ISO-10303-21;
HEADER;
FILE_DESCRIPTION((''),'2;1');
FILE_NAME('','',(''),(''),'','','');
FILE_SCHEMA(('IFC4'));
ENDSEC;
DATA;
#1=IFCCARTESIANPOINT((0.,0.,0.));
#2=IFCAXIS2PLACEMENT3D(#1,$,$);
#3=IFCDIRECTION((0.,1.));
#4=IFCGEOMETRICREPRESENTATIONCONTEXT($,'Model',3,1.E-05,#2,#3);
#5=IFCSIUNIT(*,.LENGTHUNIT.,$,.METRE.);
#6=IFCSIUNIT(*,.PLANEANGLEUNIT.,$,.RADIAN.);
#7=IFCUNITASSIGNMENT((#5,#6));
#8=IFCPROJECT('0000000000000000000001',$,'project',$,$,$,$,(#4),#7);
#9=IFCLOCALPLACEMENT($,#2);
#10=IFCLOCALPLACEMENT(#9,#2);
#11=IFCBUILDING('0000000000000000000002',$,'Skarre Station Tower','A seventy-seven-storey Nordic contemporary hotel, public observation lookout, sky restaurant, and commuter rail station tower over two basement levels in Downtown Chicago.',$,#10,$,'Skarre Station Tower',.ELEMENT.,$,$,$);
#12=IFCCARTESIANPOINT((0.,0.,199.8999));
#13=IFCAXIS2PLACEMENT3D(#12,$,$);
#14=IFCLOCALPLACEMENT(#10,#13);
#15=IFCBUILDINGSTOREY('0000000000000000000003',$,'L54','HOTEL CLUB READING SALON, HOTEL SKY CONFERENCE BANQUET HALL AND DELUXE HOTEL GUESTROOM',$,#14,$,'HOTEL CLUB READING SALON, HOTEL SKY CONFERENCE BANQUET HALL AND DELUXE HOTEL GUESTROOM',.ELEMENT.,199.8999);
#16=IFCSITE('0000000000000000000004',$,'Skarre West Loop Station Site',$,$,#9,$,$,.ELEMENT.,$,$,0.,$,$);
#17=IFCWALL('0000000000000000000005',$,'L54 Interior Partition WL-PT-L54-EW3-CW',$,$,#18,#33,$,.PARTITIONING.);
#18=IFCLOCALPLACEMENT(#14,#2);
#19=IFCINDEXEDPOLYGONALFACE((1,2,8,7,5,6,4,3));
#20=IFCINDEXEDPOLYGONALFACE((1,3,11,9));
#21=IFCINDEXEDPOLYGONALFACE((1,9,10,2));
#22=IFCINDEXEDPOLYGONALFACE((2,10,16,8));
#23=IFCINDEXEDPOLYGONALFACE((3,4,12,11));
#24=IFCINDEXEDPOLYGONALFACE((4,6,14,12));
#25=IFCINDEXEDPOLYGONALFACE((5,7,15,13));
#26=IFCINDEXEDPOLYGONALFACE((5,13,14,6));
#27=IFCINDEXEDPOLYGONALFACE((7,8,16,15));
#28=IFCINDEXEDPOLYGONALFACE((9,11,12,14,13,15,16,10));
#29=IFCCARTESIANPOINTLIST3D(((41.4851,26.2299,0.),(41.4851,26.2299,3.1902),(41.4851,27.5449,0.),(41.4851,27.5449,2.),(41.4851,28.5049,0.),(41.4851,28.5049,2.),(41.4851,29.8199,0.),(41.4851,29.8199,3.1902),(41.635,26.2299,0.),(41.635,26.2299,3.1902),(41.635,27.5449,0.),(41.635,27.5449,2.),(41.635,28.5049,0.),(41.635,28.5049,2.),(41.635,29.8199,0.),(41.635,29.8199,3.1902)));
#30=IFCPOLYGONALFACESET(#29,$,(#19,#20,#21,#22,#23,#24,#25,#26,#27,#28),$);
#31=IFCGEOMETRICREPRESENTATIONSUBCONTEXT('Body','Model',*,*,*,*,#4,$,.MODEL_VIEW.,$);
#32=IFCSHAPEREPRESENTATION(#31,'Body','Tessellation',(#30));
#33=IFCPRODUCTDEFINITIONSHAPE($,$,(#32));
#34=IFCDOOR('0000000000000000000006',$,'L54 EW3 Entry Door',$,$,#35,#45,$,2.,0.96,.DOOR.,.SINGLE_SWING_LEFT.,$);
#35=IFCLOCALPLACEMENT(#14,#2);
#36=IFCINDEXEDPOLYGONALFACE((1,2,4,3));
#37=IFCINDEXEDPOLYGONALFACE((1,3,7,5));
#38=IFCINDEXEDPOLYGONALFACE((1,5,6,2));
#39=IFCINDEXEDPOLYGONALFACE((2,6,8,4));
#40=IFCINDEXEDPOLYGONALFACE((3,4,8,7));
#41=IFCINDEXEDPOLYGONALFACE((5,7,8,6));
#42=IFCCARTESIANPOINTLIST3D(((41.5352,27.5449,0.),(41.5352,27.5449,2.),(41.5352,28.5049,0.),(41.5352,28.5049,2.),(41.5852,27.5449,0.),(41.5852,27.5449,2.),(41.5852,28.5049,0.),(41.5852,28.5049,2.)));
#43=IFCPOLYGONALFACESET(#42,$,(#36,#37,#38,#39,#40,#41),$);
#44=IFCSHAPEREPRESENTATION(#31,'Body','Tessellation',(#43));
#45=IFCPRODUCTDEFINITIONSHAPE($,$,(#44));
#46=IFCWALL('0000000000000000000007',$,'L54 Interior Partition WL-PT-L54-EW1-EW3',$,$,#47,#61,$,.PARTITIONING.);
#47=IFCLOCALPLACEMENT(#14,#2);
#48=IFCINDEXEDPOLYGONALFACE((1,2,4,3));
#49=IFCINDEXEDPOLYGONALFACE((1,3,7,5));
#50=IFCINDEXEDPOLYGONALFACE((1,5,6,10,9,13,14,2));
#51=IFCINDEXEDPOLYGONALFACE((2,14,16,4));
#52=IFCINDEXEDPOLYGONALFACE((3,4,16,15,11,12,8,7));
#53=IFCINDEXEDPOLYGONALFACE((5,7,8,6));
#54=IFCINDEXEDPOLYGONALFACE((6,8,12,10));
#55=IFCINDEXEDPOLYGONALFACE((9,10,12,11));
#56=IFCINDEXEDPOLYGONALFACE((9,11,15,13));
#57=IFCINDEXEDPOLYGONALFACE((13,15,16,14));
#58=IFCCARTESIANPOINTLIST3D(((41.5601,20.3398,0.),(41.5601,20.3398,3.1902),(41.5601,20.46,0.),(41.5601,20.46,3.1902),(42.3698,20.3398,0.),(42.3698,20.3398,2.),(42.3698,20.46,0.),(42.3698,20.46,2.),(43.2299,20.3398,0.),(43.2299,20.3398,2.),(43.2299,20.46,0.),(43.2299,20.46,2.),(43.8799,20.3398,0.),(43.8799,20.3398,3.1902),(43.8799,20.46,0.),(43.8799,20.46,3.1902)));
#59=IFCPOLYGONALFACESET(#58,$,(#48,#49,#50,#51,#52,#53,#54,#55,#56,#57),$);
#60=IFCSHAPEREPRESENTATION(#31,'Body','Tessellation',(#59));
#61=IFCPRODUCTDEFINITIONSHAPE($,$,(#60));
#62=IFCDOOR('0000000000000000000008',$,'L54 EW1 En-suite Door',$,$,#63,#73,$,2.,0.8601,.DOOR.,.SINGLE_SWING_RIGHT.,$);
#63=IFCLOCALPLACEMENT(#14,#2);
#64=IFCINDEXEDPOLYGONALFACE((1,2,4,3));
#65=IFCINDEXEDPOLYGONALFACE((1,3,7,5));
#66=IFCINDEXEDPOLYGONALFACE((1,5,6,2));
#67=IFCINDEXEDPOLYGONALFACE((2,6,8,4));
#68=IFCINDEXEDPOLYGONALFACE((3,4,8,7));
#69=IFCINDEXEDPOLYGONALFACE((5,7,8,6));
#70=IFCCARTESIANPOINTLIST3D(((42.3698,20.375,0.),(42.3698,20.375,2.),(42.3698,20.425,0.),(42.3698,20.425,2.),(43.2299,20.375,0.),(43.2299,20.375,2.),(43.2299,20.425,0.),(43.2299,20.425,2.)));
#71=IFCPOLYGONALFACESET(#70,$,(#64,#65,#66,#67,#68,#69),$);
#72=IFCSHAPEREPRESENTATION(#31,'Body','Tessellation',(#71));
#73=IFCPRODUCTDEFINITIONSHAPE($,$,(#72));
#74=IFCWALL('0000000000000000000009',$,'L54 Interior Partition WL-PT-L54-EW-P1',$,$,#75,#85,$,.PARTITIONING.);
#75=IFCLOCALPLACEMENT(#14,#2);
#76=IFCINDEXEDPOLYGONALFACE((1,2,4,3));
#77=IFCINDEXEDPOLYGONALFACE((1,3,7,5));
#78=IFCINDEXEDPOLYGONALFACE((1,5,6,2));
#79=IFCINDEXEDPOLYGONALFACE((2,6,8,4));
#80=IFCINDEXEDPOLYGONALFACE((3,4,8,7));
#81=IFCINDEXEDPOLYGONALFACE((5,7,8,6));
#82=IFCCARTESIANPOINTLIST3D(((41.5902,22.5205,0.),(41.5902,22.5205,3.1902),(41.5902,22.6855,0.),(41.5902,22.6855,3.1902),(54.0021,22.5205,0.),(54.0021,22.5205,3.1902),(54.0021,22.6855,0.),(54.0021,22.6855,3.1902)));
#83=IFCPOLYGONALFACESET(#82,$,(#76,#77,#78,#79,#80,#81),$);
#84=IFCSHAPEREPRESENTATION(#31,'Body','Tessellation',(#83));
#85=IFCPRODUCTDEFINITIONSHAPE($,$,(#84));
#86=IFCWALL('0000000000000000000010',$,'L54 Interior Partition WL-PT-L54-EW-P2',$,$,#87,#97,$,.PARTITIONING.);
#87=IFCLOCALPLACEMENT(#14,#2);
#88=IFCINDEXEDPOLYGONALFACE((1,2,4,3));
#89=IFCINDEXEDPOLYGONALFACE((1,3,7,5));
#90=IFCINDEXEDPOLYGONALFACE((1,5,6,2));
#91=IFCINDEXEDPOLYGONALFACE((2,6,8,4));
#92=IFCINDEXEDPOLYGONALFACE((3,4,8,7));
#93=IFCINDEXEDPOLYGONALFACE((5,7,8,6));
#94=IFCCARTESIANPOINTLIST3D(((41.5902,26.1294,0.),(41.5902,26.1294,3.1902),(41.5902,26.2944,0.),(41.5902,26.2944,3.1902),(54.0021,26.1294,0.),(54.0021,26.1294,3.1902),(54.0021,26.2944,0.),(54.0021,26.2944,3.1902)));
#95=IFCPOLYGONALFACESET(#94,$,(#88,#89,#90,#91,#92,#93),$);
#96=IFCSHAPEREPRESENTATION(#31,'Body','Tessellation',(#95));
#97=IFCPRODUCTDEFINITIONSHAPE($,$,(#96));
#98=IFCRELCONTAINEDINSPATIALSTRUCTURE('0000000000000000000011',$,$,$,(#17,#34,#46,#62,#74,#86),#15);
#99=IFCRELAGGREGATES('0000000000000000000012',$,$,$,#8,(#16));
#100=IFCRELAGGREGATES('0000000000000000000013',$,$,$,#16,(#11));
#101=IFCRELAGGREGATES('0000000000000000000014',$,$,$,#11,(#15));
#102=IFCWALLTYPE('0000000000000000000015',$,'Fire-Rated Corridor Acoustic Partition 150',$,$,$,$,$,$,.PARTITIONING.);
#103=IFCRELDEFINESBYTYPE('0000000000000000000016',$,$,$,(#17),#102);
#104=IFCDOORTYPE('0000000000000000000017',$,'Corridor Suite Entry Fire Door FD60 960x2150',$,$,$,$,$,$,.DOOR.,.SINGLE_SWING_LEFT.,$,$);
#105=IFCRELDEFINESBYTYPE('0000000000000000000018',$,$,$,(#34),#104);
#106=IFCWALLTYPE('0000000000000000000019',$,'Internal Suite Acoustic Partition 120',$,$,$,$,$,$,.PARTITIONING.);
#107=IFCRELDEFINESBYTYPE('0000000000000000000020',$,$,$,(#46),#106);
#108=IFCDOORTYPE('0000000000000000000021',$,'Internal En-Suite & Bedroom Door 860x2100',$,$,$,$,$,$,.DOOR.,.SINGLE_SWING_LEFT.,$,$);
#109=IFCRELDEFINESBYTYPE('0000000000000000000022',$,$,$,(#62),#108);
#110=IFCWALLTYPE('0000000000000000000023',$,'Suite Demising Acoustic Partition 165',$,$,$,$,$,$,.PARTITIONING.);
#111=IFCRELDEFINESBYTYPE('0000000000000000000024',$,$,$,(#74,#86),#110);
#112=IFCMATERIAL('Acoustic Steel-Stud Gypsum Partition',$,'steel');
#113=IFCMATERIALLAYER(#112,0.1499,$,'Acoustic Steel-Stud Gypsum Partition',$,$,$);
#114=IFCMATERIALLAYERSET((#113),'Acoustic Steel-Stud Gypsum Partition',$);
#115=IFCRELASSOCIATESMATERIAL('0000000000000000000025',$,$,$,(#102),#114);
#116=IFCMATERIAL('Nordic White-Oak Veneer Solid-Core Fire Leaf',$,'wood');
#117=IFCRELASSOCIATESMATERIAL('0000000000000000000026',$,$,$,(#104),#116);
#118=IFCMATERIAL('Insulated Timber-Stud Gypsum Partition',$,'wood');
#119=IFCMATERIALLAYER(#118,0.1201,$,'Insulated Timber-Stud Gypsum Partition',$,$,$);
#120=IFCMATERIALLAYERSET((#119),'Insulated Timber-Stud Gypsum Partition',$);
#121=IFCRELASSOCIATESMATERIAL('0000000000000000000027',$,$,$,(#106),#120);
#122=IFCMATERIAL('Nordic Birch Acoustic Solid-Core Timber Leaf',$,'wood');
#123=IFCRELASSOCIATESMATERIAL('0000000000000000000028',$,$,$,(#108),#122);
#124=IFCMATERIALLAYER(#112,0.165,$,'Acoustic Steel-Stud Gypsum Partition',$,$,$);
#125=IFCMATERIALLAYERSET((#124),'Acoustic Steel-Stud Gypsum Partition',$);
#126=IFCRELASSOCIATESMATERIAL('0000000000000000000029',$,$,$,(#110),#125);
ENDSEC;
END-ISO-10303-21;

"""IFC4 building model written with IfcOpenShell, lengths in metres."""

from ifc_helpers import new_model, si_unit, direction, frame, frame_2d, origin, place, context, subcontext, project, spatial, rectangle, extrude, material, layer, layer_set, type_object, element, fill, save


model = new_model("IFC4")

# Units and contexts
model_context = context("Model", 3, precision=1e-05, world=origin(), true_north=direction((0.0, 1.0)))
body_context = subcontext(model_context, "Body", "Model", "MODEL_VIEW")
ifc_project = project(units=[si_unit("LENGTHUNIT", "METRE"), si_unit("PLANEANGLEUNIT", "RADIAN")], contexts=[model_context])

# Site, building, storey
site_placement = place(None, origin())
site = spatial("IfcSite", under=ifc_project, at=site_placement, Name="Skarre West Loop Station Site", CompositionType="ELEMENT", RefElevation=0.0)
building_placement = place(site_placement, origin())
building = spatial("IfcBuilding", under=site, at=building_placement, Name="Skarre Station Tower", Description="A seventy-seven-storey Nordic contemporary hotel, public observation lookout, sky restaurant, and commuter rail station tower over two basement levels in Downtown Chicago.", LongName="Skarre Station Tower", CompositionType="ELEMENT")
storey_placement = place(building_placement, frame((0.0, 0.0, 199.8999)))
storey = spatial("IfcBuildingStorey", under=building, at=storey_placement, Name="L54", Description="HOTEL CLUB READING SALON, HOTEL SKY CONFERENCE BANQUET HALL AND DELUXE HOTEL GUESTROOM", LongName="HOTEL CLUB READING SALON, HOTEL SKY CONFERENCE BANQUET HALL AND DELUXE HOTEL GUESTROOM", CompositionType="ELEMENT", Elevation=199.8999)

# Walls, openings, doors
ifc_material_1 = material(Name="Acoustic Steel-Stud Gypsum Partition", Category="steel")
ifc_layer_1 = layer(ifc_material_1, 0.1499, Name="Acoustic Steel-Stud Gypsum Partition")
ifc_layer_set_1 = layer_set([ifc_layer_1], Name="Acoustic Steel-Stud Gypsum Partition")
wall_type_1 = type_object("IfcWallType", Name="Fire-Rated Corridor Acoustic Partition 150", PredefinedType="PARTITIONING", material=ifc_layer_set_1)
ifc_material_2 = material(Name="Nordic White-Oak Veneer Solid-Core Fire Leaf", Category="wood")
door_type_1 = type_object("IfcDoorType", Name="Corridor Suite Entry Fire Door FD60 960x2150", OperationType="SINGLE_SWING_LEFT", PredefinedType="DOOR", material=ifc_material_2)
wall_1_placement = place(storey_placement, frame((41.5601, 26.23, 0.0), z_axis=(0.0, 0.0, 1.0), x_axis=(0.0, 1.0, 0.0)))
wall_1 = element("IfcWall", 1, at=wall_1_placement, inside=storey, type_object=wall_type_1, Name="L54 Interior Partition WL-PT-L54-EW3-CW", PredefinedType="PARTITIONING", context=body_context, shape_type="SweptSolid", body=[
    extrude(rectangle(XDim=3.5901, YDim=0.1499, at=frame_2d((1.7949, 0.0))), origin(), (0.0, 0.0, 1.0), 3.1902),
])
opening_1_placement = place(wall_1_placement, frame((1.3149, 0.0, 0.0)))
opening_1 = element("IfcOpeningElement", 2, at=opening_1_placement, cuts=wall_1, PredefinedType="OPENING", context=body_context, shape_type="SweptSolid", body=[
    extrude(rectangle(XDim=0.96, YDim=2.0, at=frame_2d((0.48, 1.0))), frame((0.0, 0.085, 0.0), z_axis=(0.0, -1.0, 0.0), x_axis=(1.0, 0.0, 0.0)), (0.0, 0.0, 1.0), 0.1699),
])
door_1_placement = place(opening_1_placement, origin())
door_1 = element("IfcDoor", 3, at=door_1_placement, inside=storey, type_object=door_type_1, Name="L54 EW3 Entry Door", OperationType="SINGLE_SWING_LEFT", OverallHeight=2.0, OverallWidth=0.96, PredefinedType="DOOR", context=body_context, shape_type="SweptSolid", body=[
    extrude(rectangle(XDim=0.96, YDim=2.0, at=frame_2d((0.48, 1.0))), frame((0.0, 0.0249, 0.0), z_axis=(0.0, -1.0, 0.0), x_axis=(1.0, 0.0, 0.0)), (0.0, 0.0, 1.0), 0.05),
])
fill(opening_1, door_1)
ifc_material_3 = material(Name="Insulated Timber-Stud Gypsum Partition", Category="wood")
ifc_layer_2 = layer(ifc_material_3, 0.1201, Name="Insulated Timber-Stud Gypsum Partition")
ifc_layer_set_2 = layer_set([ifc_layer_2], Name="Insulated Timber-Stud Gypsum Partition")
wall_type_2 = type_object("IfcWallType", Name="Internal Suite Acoustic Partition 120", PredefinedType="PARTITIONING", material=ifc_layer_set_2)
wall_2_placement = place(storey_placement, frame((43.8799, 20.3999, 0.0), z_axis=(0.0, 0.0, 1.0), x_axis=(-1.0, 0.0, 0.0)))
wall_2 = element("IfcWall", 4, at=wall_2_placement, inside=storey, type_object=wall_type_2, Name="L54 Interior Partition WL-PT-L54-EW1-EW3", PredefinedType="PARTITIONING", context=body_context, shape_type="SweptSolid", body=[
    extrude(rectangle(XDim=2.3198, YDim=0.1201, at=frame_2d((1.1599, 0.0))), origin(), (0.0, 0.0, 1.0), 3.1902),
])
opening_2_placement = place(wall_2_placement, frame((0.6499, 0.0, 0.0)))
opening_2 = element("IfcOpeningElement", 5, at=opening_2_placement, cuts=wall_2, PredefinedType="OPENING", context=body_context, shape_type="SweptSolid", body=[
    extrude(rectangle(XDim=0.8601, YDim=2.0, at=frame_2d((0.4302, 1.0))), frame((0.0, 0.0701, 0.0), z_axis=(0.0, -1.0, 0.0), x_axis=(1.0, 0.0, 0.0)), (0.0, 0.0, 1.0), 0.1401),
])
ifc_material_4 = material(Name="Nordic Birch Acoustic Solid-Core Timber Leaf", Category="wood")
door_type_2 = type_object("IfcDoorType", Name="Internal En-Suite & Bedroom Door 860x2100", OperationType="SINGLE_SWING_LEFT", PredefinedType="DOOR", material=ifc_material_4)
door_2_placement = place(opening_2_placement, origin())
door_2 = element("IfcDoor", 6, at=door_2_placement, inside=storey, type_object=door_type_2, Name="L54 EW1 En-suite Door", OperationType="SINGLE_SWING_RIGHT", OverallHeight=2.0, OverallWidth=0.8601, PredefinedType="DOOR", context=body_context, shape_type="SweptSolid", body=[
    extrude(rectangle(XDim=0.8601, YDim=2.0, at=frame_2d((0.4302, 1.0))), frame((0.0, 0.0249, 0.0), z_axis=(0.0, -1.0, 0.0), x_axis=(1.0, 0.0, 0.0)), (0.0, 0.0, 1.0), 0.05),
])
fill(opening_2, door_2)

# Walls
ifc_layer_3 = layer(ifc_material_1, 0.165, Name="Acoustic Steel-Stud Gypsum Partition")
ifc_layer_set_3 = layer_set([ifc_layer_3], Name="Acoustic Steel-Stud Gypsum Partition")
wall_type_3 = type_object("IfcWallType", Name="Suite Demising Acoustic Partition 165", PredefinedType="PARTITIONING", material=ifc_layer_set_3)
for number, where, z_axis, x_axis, name in (
    (7, (41.5901, 22.603, 0.0), (0.0, 0.0, 1.0), (1.0, 0.0, 0.0), "L54 Interior Partition WL-PT-L54-EW-P1"),
    (8, (41.5901, 26.2119, 0.0), (0.0, 0.0, 1.0), (1.0, 0.0, 0.0), "L54 Interior Partition WL-PT-L54-EW-P2"),
):
    element("IfcWall", number, at=place(storey_placement, frame(where, z_axis=z_axis, x_axis=x_axis)), inside=storey, type_object=wall_type_3, Name=name, PredefinedType="PARTITIONING", context=body_context, shape_type="SweptSolid", body=[
        extrude(rectangle(XDim=12.4119, YDim=0.165, at=frame_2d((6.2061, 0.0))), origin(), (0.0, 0.0, 1.0), 3.1902),
    ])

save(model, "model.ifc")
